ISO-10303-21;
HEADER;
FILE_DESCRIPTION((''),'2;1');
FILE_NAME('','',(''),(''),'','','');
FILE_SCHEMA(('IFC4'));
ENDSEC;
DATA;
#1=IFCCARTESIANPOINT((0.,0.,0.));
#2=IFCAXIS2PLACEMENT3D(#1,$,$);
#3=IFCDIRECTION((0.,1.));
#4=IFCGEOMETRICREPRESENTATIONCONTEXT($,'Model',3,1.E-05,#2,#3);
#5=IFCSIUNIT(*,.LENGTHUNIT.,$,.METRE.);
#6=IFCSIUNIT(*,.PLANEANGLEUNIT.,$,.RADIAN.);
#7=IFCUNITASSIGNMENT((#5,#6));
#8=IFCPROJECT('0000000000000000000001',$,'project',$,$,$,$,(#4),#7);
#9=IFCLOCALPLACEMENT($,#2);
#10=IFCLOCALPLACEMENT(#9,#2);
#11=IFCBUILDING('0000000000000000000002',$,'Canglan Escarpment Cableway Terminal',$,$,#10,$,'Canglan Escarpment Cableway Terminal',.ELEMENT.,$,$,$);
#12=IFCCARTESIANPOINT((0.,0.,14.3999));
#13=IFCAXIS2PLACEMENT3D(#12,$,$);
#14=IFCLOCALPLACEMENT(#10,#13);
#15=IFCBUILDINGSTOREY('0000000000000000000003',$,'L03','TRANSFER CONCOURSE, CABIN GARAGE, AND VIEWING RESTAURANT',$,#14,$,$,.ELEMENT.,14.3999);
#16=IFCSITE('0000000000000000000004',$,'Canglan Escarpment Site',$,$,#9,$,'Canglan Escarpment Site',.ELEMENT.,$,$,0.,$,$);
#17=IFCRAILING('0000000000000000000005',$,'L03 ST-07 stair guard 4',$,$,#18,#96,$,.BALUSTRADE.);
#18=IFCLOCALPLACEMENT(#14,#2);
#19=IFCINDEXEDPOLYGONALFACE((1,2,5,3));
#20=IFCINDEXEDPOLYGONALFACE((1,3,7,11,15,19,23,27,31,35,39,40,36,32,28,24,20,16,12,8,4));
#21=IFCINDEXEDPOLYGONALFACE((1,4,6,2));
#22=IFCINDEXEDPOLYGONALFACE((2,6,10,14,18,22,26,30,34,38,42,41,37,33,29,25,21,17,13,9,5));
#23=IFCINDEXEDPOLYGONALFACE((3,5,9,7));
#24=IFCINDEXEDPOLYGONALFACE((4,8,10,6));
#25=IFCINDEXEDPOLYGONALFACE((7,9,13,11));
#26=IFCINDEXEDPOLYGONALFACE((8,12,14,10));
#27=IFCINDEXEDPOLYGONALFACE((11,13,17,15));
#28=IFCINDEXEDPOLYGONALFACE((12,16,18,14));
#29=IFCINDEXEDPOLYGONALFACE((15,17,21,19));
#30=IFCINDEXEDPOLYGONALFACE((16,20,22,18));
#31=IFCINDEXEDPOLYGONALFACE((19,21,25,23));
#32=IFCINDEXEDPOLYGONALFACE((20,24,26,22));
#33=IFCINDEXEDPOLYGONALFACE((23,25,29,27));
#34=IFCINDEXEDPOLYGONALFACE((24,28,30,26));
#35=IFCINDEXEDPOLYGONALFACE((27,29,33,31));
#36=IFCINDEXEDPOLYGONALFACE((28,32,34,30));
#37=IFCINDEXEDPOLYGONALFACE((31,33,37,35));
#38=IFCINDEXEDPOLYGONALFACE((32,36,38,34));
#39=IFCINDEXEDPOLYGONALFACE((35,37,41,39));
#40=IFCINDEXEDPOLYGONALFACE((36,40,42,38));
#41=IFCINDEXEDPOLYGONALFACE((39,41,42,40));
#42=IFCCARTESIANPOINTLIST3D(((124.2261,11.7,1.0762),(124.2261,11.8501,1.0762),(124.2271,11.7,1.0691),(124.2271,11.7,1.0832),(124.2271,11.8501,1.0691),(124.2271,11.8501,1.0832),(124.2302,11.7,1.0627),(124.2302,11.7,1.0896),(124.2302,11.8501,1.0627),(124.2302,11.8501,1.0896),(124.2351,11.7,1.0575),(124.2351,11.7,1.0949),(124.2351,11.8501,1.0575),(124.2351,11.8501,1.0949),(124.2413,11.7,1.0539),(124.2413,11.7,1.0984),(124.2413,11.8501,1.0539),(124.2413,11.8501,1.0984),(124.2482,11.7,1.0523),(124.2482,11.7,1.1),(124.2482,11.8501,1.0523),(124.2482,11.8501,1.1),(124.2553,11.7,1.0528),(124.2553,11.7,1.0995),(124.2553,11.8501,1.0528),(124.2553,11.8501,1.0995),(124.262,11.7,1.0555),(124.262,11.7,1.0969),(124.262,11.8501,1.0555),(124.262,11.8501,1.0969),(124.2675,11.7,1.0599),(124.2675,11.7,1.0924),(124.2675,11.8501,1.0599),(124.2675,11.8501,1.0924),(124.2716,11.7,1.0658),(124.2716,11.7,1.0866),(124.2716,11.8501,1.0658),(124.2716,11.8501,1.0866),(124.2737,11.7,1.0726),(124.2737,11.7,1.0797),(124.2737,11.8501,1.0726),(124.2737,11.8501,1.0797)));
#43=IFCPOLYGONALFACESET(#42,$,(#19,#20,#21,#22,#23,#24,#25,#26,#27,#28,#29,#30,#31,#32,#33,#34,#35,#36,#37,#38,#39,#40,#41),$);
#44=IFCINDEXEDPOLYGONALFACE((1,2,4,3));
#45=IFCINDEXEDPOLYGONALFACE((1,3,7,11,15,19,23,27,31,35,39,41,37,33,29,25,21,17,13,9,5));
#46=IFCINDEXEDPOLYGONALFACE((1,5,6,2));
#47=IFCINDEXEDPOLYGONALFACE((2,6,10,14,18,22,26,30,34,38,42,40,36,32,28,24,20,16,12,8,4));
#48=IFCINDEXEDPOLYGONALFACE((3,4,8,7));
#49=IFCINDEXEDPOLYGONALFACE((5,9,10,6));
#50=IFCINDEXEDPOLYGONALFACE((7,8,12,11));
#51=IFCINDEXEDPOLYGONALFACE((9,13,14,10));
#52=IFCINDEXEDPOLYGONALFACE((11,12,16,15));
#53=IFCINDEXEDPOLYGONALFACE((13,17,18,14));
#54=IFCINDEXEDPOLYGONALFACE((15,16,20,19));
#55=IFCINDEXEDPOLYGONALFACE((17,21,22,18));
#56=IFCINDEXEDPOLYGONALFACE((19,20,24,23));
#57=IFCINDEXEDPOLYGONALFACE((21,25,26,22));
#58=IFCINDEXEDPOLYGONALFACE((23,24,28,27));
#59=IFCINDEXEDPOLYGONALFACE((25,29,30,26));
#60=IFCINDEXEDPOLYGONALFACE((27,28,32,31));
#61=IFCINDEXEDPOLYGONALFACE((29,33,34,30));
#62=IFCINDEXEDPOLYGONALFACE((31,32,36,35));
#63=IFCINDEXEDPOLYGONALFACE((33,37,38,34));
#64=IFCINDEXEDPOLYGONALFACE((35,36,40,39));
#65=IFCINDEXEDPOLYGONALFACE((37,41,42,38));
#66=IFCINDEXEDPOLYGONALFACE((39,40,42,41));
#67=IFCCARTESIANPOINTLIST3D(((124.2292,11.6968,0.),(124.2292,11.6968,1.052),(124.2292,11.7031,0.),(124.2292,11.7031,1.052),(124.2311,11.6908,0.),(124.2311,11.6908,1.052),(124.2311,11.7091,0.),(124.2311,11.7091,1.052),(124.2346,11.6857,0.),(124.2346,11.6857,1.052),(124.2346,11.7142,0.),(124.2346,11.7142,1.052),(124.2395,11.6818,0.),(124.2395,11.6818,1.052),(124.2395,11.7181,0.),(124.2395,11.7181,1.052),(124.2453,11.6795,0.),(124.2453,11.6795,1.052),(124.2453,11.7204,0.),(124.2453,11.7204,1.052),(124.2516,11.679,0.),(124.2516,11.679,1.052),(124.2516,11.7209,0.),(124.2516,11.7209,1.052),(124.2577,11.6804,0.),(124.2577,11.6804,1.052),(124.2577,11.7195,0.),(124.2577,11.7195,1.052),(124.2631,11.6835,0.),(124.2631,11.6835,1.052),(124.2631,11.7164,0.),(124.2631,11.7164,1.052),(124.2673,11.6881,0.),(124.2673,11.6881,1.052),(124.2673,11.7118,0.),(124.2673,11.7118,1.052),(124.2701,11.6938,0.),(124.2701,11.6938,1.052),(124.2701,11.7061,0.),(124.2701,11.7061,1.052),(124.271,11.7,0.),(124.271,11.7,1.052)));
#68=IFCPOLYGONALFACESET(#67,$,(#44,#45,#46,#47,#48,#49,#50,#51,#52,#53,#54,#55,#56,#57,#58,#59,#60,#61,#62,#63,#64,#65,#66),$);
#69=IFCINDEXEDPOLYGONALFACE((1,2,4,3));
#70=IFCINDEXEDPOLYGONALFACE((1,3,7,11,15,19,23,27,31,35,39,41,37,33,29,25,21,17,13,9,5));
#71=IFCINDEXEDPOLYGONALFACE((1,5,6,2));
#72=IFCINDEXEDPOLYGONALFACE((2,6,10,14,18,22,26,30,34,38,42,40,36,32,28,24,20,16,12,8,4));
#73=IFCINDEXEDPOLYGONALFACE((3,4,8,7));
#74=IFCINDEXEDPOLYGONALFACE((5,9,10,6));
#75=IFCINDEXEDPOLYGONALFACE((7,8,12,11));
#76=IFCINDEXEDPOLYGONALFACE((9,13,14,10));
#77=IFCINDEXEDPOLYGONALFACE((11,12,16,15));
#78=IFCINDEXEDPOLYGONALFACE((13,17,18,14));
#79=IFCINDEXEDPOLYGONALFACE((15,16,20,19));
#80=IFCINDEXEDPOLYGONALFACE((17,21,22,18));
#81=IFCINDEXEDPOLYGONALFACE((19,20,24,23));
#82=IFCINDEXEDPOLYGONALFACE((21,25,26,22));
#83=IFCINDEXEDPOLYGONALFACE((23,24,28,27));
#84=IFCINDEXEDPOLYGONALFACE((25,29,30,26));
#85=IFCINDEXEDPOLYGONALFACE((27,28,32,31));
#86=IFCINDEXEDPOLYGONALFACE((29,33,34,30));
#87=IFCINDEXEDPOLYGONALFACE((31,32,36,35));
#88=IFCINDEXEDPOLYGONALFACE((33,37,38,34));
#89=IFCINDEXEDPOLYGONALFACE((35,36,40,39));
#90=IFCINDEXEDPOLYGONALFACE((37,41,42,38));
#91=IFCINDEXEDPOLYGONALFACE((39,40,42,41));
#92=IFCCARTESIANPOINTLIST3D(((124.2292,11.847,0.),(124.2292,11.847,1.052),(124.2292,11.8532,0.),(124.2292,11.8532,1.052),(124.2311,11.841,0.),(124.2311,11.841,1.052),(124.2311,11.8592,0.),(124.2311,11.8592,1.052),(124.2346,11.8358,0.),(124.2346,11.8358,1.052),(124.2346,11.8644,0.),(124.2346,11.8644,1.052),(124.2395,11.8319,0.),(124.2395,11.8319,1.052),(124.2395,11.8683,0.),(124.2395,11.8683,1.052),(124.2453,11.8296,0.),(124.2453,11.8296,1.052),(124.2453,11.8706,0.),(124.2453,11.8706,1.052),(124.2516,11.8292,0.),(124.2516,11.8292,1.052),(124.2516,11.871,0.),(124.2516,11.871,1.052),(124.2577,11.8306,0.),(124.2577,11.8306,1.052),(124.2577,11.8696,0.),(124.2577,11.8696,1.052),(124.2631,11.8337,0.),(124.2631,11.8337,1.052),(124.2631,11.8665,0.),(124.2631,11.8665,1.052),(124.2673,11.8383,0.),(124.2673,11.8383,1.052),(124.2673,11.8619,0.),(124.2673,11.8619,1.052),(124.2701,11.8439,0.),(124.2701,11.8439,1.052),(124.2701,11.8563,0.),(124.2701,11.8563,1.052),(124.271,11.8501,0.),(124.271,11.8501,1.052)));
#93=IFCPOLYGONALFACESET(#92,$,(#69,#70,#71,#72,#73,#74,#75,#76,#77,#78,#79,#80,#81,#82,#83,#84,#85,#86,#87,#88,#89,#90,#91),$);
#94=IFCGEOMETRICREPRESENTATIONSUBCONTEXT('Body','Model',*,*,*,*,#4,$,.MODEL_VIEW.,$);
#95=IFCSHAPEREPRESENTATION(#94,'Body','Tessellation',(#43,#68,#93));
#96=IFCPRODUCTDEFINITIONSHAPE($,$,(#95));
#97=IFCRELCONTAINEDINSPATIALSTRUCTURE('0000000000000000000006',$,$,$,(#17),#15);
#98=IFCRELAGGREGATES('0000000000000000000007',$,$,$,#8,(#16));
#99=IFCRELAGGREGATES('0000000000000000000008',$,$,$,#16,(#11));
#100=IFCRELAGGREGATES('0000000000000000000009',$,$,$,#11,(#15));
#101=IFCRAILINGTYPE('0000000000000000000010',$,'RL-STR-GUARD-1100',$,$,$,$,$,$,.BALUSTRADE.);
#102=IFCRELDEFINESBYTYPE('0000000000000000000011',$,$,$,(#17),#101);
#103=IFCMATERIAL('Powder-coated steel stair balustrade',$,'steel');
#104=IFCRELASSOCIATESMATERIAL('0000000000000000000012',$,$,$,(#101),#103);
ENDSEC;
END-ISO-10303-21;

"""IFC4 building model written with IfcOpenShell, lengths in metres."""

from ifc_helpers import new_model, si_unit, direction, frame, origin, origin_2d, place, context, subcontext, project, spatial, circle, extrude, material, type_object, element, save


model = new_model("IFC4")

# Units and contexts
model_context = context("Model", 3, precision=1e-05, world=origin(), true_north=direction((0.0, 1.0)))
body_context = subcontext(model_context, "Body", "Model", "MODEL_VIEW")
ifc_project = project(units=[si_unit("LENGTHUNIT", "METRE"), si_unit("PLANEANGLEUNIT", "RADIAN")], contexts=[model_context])

# Site, building, storey
site_placement = place(None, origin())
site = spatial("IfcSite", under=ifc_project, at=site_placement, Name="Canglan Escarpment Site", LongName="Canglan Escarpment Site", CompositionType="ELEMENT", RefElevation=0.0)
building_placement = place(site_placement, origin())
building = spatial("IfcBuilding", under=site, at=building_placement, Name="Canglan Escarpment Cableway Terminal", LongName="Canglan Escarpment Cableway Terminal", CompositionType="ELEMENT")
storey_placement = place(building_placement, frame((0.0, 0.0, 14.3999)))
storey = spatial("IfcBuildingStorey", under=building, at=storey_placement, Name="L03", Description="TRANSFER CONCOURSE, CABIN GARAGE, AND VIEWING RESTAURANT", CompositionType="ELEMENT", Elevation=14.3999)

# Railing
ifc_material_1 = material(Name="Powder-coated steel stair balustrade", Category="steel")
railing_type_1 = type_object("IfcRailingType", Name="RL-STR-GUARD-1100", PredefinedType="BALUSTRADE", material=ifc_material_1)
railing_1_placement = place(storey_placement, frame((124.25, 11.7, 0.0)))
element("IfcRailing", 1, at=railing_1_placement, inside=storey, type_object=railing_type_1, Name="L03 ST-07 stair guard 4", PredefinedType="BALUSTRADE", context=body_context, shape_type="SweptSolid", body=[
    extrude(circle(Radius=0.0239, at=origin_2d()), frame((0.0, 0.0, 1.0762), z_axis=(0.0, 1.0, 0.0), x_axis=(-1.0, 0.0, 0.0)), (0.0, 0.0, 1.0), 0.1501),
    extrude(circle(Radius=0.021, at=origin_2d()), origin(), (0.0, 0.0, 1.0), 1.052),
    extrude(circle(Radius=0.021, at=origin_2d()), frame((0.0, 0.1501, 0.0)), (0.0, 0.0, 1.0), 1.052),
])

save(model, "model.ifc")
